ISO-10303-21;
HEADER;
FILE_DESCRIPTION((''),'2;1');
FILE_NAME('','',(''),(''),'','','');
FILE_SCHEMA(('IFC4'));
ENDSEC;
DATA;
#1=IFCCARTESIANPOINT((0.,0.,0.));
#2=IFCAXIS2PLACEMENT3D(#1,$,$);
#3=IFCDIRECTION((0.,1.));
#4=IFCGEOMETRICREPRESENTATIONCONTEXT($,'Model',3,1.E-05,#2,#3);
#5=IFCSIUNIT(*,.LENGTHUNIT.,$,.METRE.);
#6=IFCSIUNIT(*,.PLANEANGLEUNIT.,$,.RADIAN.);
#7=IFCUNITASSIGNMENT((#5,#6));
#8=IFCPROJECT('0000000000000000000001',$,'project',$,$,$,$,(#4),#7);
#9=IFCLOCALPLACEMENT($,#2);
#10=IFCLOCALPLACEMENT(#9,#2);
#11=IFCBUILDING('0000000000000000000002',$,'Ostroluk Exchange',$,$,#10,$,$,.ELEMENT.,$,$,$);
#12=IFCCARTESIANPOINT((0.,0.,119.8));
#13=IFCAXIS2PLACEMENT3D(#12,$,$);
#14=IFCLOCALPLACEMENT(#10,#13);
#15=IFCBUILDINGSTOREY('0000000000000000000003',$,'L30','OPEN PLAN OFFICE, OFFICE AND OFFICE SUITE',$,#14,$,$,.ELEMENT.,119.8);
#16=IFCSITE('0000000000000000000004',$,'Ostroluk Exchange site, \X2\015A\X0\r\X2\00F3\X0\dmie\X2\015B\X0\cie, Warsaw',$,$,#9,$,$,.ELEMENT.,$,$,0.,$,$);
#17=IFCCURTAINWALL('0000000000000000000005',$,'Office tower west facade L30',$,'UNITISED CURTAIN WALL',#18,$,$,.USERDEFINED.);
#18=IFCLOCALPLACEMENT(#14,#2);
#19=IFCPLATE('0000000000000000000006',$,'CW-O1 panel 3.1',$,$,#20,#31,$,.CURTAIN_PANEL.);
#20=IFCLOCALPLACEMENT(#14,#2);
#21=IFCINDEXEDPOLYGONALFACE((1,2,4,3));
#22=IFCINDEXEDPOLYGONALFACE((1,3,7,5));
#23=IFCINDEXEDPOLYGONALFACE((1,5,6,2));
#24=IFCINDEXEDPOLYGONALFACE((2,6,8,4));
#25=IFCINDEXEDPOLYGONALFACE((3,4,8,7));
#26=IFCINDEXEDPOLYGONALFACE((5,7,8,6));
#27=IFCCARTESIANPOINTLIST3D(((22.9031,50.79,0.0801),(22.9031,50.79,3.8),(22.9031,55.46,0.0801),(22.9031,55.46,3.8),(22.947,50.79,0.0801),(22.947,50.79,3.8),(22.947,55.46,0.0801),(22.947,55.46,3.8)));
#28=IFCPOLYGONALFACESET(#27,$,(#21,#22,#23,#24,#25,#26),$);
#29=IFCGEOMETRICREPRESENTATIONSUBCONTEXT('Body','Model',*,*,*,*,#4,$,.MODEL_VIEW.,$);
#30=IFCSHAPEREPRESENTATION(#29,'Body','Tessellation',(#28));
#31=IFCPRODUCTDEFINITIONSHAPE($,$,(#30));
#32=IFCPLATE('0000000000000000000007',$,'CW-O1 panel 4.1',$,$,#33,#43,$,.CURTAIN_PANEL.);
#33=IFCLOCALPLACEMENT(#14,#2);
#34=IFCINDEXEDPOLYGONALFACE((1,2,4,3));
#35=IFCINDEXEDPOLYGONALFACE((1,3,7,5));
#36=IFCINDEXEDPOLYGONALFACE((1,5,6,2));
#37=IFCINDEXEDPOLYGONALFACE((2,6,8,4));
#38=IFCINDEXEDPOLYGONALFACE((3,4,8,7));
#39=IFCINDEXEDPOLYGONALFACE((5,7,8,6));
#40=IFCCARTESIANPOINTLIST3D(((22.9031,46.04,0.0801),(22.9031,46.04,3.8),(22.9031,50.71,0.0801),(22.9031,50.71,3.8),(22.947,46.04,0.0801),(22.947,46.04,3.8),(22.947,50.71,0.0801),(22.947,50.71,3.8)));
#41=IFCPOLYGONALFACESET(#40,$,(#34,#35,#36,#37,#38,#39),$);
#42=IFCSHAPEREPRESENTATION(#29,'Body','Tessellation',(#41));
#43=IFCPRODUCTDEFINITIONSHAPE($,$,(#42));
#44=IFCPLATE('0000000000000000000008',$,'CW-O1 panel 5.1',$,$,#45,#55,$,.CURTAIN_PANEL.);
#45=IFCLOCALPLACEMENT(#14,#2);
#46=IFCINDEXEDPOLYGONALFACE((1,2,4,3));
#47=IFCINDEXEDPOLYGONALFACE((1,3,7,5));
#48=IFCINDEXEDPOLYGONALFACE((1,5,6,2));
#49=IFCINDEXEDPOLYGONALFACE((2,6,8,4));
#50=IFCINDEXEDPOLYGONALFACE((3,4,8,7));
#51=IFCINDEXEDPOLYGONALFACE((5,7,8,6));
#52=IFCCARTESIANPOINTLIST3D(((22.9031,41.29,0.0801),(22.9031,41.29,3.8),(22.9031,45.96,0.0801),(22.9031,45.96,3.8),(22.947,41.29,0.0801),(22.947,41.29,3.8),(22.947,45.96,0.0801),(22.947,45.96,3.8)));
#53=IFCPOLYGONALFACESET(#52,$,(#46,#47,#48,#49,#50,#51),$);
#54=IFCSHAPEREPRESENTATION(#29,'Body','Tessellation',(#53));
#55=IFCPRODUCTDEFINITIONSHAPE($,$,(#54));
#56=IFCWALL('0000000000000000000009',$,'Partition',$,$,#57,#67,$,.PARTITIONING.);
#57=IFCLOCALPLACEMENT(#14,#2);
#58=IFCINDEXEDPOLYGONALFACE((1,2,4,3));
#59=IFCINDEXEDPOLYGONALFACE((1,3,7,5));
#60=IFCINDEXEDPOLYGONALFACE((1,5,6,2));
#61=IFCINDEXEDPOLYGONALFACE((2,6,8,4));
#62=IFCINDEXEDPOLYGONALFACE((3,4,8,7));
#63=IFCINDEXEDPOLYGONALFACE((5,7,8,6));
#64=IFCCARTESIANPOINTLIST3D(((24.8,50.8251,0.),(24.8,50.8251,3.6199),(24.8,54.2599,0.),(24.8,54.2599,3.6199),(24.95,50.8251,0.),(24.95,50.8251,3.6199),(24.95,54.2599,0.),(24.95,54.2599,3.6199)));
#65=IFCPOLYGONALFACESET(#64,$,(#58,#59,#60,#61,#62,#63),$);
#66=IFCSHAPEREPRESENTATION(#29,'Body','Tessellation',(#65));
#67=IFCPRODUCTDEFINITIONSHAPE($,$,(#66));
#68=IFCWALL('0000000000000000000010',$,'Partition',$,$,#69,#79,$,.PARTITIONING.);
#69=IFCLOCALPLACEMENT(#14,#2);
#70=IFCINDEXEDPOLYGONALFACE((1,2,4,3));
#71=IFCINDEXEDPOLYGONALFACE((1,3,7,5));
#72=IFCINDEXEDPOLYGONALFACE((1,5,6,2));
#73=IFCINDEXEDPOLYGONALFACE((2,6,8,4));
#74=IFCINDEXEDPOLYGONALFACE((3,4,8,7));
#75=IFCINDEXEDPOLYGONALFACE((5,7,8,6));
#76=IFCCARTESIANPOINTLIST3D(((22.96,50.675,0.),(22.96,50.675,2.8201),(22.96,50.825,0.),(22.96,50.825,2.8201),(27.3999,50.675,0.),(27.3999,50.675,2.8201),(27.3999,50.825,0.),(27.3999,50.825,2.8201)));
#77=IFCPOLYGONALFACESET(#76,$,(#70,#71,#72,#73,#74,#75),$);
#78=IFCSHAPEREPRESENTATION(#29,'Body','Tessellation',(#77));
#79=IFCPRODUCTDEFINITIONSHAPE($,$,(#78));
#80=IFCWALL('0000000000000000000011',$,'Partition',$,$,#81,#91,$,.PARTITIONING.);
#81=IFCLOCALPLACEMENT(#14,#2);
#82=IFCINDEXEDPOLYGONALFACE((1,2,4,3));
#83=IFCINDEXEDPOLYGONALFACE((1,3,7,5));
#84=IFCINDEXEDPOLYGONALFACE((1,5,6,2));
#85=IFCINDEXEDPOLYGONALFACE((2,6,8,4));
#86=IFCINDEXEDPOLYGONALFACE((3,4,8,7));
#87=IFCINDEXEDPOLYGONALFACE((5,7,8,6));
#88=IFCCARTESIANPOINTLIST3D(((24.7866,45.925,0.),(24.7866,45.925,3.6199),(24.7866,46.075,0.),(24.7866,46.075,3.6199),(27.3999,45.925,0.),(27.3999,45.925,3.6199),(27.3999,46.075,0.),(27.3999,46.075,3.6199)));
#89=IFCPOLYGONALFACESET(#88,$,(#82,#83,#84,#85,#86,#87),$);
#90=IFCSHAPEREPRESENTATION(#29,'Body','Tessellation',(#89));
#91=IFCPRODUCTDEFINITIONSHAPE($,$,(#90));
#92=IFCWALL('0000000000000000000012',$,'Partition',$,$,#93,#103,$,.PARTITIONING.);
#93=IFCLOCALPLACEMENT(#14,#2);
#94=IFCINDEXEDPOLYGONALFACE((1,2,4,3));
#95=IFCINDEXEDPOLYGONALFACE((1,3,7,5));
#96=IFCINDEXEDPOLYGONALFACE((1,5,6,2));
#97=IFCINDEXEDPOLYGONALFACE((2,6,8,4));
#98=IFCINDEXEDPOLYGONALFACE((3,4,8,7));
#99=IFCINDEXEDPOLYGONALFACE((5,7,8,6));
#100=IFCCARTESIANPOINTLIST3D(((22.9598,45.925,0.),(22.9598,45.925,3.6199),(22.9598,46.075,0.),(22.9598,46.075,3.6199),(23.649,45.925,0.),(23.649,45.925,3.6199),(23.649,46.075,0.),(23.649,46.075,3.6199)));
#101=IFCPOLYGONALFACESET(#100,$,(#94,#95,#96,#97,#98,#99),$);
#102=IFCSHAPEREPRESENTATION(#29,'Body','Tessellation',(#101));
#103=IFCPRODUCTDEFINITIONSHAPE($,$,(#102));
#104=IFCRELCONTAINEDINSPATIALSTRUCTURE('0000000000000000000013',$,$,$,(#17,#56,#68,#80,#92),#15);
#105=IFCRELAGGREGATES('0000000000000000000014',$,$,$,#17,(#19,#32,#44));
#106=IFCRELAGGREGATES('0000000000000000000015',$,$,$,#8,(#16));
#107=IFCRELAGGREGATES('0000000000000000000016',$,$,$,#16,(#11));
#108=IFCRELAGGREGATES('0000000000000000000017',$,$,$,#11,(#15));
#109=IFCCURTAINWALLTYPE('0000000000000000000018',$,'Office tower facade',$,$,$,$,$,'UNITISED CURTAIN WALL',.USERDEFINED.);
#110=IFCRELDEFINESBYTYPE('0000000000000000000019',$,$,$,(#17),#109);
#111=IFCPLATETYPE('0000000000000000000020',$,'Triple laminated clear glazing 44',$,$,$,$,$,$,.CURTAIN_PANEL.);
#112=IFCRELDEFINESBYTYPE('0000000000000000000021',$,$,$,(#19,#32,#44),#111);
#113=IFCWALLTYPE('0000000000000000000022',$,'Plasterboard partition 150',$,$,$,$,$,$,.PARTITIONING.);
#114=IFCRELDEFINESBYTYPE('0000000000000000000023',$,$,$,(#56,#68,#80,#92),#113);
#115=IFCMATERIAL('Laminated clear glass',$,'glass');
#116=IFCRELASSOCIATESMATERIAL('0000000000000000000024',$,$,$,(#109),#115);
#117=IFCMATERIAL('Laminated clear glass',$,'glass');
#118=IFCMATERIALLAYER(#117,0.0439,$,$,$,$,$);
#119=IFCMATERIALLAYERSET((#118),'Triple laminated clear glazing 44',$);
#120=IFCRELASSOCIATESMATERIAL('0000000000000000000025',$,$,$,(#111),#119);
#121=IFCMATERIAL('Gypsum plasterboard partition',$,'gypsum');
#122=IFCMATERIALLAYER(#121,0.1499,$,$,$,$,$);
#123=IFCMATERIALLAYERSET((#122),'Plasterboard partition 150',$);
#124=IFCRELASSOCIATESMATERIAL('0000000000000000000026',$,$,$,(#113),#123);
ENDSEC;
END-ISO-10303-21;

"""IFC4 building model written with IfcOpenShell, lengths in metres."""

from ifc_helpers import new_model, si_unit, direction, frame, frame_2d, origin, origin_2d, place, context, subcontext, project, spatial, rectangle, extrude, material, layer, layer_set, type_object, element, aggregate, save


model = new_model("IFC4")

# Units and contexts
model_context = context("Model", 3, precision=1e-05, world=origin(), true_north=direction((0.0, 1.0)))
body_context = subcontext(model_context, "Body", "Model", "MODEL_VIEW")
ifc_project = project(units=[si_unit("LENGTHUNIT", "METRE"), si_unit("PLANEANGLEUNIT", "RADIAN")], contexts=[model_context])

# Site, building, storey
site_placement = place(None, origin())
site = spatial("IfcSite", under=ifc_project, at=site_placement, Name="Ostroluk Exchange site, Śródmieście, Warsaw", CompositionType="ELEMENT", RefElevation=0.0)
building_placement = place(site_placement, origin())
building = spatial("IfcBuilding", under=site, at=building_placement, Name="Ostroluk Exchange", CompositionType="ELEMENT")
storey_placement = place(building_placement, frame((0.0, 0.0, 119.8)))
storey = spatial("IfcBuildingStorey", under=building, at=storey_placement, Name="L30", Description="OPEN PLAN OFFICE, OFFICE AND OFFICE SUITE", CompositionType="ELEMENT", Elevation=119.8)

# Curtain wall, plates
ifc_material_1 = material(Name="Laminated clear glass", Category="glass")
curtain_wall_type = type_object("IfcCurtainWallType", Name="Office tower facade", ElementType="UNITISED CURTAIN WALL", PredefinedType="USERDEFINED", material=ifc_material_1)
curtain_wall_placement = place(storey_placement, origin())
curtain_wall = element("IfcCurtainWall", 1, at=curtain_wall_placement, inside=storey, type_object=curtain_wall_type, Name="Office tower west facade L30", ObjectType="UNITISED CURTAIN WALL", PredefinedType="USERDEFINED")
ifc_material_2 = material(Name="Laminated clear glass", Category="glass")
ifc_layer_1 = layer(ifc_material_2, 0.0439)
ifc_layer_set_1 = layer_set([ifc_layer_1], Name="Triple laminated clear glazing 44")
plate_type = type_object("IfcPlateType", Name="Triple laminated clear glazing 44", PredefinedType="CURTAIN_PANEL", material=ifc_layer_set_1)
plate_1_placement = place(storey_placement, frame((22.925, 53.125, 0.0801), z_axis=(0.0, 0.0, 1.0), x_axis=(0.0, -1.0, 0.0)))
plate_1 = element("IfcPlate", 2, at=plate_1_placement, type_object=plate_type, Name="CW-O1 panel 3.1", PredefinedType="CURTAIN_PANEL", context=body_context, shape_type="SweptSolid", body=[
    extrude(rectangle(XDim=4.6699, YDim=0.0439, at=origin_2d()), origin(), (0.0, 0.0, 1.0), 3.72),
])
plate_2_placement = place(storey_placement, frame((22.925, 48.375, 0.0801), z_axis=(0.0, 0.0, 1.0), x_axis=(0.0, -1.0, 0.0)))
plate_2 = element("IfcPlate", 3, at=plate_2_placement, type_object=plate_type, Name="CW-O1 panel 4.1", PredefinedType="CURTAIN_PANEL", context=body_context, shape_type="SweptSolid", body=[
    extrude(rectangle(XDim=4.6699, YDim=0.0439, at=origin_2d()), origin(), (0.0, 0.0, 1.0), 3.72),
])
plate_3_placement = place(storey_placement, frame((22.925, 43.625, 0.0801), z_axis=(0.0, 0.0, 1.0), x_axis=(0.0, -1.0, 0.0)))
plate_3 = element("IfcPlate", 4, at=plate_3_placement, type_object=plate_type, Name="CW-O1 panel 5.1", PredefinedType="CURTAIN_PANEL", context=body_context, shape_type="SweptSolid", body=[
    extrude(rectangle(XDim=4.6699, YDim=0.0439, at=origin_2d()), origin(), (0.0, 0.0, 1.0), 3.72),
])
aggregate(curtain_wall, [plate_1, plate_2, plate_3])

# Walls
ifc_material_3 = material(Name="Gypsum plasterboard partition", Category="gypsum")
ifc_layer_2 = layer(ifc_material_3, 0.1499)
ifc_layer_set_2 = layer_set([ifc_layer_2], Name="Plasterboard partition 150")
wall_type = type_object("IfcWallType", Name="Plasterboard partition 150", PredefinedType="PARTITIONING", material=ifc_layer_set_2)
wall_1_placement = place(storey_placement, frame((24.875, 54.2598, 0.0), z_axis=(0.0, 0.0, 1.0), x_axis=(0.0, -1.0, 0.0)))
element("IfcWall", 5, at=wall_1_placement, inside=storey, type_object=wall_type, Name="Partition", PredefinedType="PARTITIONING", context=body_context, shape_type="SweptSolid", body=[
    extrude(rectangle(XDim=3.4348, YDim=0.1499, at=frame_2d((1.7173, 0.0))), origin(), (0.0, 0.0, 1.0), 3.6199),
])
wall_2_placement = place(storey_placement, frame((27.3999, 50.75, 0.0), z_axis=(0.0, 0.0, 1.0), x_axis=(-1.0, 0.0, 0.0)))
element("IfcWall", 6, at=wall_2_placement, inside=storey, type_object=wall_type, Name="Partition", PredefinedType="PARTITIONING", context=body_context, shape_type="SweptSolid", body=[
    extrude(rectangle(XDim=4.4399, YDim=0.1499, at=frame_2d((2.22, 0.0))), origin(), (0.0, 0.0, 1.0), 2.8201),
])
wall_3_placement = place(storey_placement, frame((27.3999, 46.0, 0.0), z_axis=(0.0, 0.0, 1.0), x_axis=(-1.0, 0.0, 0.0)))
element("IfcWall", 7, at=wall_3_placement, inside=storey, type_object=wall_type, Name="Partition", PredefinedType="PARTITIONING", context=body_context, shape_type="SweptSolid", body=[
    extrude(rectangle(XDim=2.6133, YDim=0.1499, at=frame_2d((1.3066, 0.0))), origin(), (0.0, 0.0, 1.0), 3.6199),
])
wall_4_placement = place(storey_placement, frame((23.6492, 46.0, 0.0), z_axis=(0.0, 0.0, 1.0), x_axis=(-1.0, 0.0, 0.0)))
element("IfcWall", 8, at=wall_4_placement, inside=storey, type_object=wall_type, Name="Partition", PredefinedType="PARTITIONING", context=body_context, shape_type="SweptSolid", body=[
    extrude(rectangle(XDim=0.6892, YDim=0.1499, at=frame_2d((0.3447, 0.0))), origin(), (0.0, 0.0, 1.0), 3.6199),
])

save(model, "model.ifc")
